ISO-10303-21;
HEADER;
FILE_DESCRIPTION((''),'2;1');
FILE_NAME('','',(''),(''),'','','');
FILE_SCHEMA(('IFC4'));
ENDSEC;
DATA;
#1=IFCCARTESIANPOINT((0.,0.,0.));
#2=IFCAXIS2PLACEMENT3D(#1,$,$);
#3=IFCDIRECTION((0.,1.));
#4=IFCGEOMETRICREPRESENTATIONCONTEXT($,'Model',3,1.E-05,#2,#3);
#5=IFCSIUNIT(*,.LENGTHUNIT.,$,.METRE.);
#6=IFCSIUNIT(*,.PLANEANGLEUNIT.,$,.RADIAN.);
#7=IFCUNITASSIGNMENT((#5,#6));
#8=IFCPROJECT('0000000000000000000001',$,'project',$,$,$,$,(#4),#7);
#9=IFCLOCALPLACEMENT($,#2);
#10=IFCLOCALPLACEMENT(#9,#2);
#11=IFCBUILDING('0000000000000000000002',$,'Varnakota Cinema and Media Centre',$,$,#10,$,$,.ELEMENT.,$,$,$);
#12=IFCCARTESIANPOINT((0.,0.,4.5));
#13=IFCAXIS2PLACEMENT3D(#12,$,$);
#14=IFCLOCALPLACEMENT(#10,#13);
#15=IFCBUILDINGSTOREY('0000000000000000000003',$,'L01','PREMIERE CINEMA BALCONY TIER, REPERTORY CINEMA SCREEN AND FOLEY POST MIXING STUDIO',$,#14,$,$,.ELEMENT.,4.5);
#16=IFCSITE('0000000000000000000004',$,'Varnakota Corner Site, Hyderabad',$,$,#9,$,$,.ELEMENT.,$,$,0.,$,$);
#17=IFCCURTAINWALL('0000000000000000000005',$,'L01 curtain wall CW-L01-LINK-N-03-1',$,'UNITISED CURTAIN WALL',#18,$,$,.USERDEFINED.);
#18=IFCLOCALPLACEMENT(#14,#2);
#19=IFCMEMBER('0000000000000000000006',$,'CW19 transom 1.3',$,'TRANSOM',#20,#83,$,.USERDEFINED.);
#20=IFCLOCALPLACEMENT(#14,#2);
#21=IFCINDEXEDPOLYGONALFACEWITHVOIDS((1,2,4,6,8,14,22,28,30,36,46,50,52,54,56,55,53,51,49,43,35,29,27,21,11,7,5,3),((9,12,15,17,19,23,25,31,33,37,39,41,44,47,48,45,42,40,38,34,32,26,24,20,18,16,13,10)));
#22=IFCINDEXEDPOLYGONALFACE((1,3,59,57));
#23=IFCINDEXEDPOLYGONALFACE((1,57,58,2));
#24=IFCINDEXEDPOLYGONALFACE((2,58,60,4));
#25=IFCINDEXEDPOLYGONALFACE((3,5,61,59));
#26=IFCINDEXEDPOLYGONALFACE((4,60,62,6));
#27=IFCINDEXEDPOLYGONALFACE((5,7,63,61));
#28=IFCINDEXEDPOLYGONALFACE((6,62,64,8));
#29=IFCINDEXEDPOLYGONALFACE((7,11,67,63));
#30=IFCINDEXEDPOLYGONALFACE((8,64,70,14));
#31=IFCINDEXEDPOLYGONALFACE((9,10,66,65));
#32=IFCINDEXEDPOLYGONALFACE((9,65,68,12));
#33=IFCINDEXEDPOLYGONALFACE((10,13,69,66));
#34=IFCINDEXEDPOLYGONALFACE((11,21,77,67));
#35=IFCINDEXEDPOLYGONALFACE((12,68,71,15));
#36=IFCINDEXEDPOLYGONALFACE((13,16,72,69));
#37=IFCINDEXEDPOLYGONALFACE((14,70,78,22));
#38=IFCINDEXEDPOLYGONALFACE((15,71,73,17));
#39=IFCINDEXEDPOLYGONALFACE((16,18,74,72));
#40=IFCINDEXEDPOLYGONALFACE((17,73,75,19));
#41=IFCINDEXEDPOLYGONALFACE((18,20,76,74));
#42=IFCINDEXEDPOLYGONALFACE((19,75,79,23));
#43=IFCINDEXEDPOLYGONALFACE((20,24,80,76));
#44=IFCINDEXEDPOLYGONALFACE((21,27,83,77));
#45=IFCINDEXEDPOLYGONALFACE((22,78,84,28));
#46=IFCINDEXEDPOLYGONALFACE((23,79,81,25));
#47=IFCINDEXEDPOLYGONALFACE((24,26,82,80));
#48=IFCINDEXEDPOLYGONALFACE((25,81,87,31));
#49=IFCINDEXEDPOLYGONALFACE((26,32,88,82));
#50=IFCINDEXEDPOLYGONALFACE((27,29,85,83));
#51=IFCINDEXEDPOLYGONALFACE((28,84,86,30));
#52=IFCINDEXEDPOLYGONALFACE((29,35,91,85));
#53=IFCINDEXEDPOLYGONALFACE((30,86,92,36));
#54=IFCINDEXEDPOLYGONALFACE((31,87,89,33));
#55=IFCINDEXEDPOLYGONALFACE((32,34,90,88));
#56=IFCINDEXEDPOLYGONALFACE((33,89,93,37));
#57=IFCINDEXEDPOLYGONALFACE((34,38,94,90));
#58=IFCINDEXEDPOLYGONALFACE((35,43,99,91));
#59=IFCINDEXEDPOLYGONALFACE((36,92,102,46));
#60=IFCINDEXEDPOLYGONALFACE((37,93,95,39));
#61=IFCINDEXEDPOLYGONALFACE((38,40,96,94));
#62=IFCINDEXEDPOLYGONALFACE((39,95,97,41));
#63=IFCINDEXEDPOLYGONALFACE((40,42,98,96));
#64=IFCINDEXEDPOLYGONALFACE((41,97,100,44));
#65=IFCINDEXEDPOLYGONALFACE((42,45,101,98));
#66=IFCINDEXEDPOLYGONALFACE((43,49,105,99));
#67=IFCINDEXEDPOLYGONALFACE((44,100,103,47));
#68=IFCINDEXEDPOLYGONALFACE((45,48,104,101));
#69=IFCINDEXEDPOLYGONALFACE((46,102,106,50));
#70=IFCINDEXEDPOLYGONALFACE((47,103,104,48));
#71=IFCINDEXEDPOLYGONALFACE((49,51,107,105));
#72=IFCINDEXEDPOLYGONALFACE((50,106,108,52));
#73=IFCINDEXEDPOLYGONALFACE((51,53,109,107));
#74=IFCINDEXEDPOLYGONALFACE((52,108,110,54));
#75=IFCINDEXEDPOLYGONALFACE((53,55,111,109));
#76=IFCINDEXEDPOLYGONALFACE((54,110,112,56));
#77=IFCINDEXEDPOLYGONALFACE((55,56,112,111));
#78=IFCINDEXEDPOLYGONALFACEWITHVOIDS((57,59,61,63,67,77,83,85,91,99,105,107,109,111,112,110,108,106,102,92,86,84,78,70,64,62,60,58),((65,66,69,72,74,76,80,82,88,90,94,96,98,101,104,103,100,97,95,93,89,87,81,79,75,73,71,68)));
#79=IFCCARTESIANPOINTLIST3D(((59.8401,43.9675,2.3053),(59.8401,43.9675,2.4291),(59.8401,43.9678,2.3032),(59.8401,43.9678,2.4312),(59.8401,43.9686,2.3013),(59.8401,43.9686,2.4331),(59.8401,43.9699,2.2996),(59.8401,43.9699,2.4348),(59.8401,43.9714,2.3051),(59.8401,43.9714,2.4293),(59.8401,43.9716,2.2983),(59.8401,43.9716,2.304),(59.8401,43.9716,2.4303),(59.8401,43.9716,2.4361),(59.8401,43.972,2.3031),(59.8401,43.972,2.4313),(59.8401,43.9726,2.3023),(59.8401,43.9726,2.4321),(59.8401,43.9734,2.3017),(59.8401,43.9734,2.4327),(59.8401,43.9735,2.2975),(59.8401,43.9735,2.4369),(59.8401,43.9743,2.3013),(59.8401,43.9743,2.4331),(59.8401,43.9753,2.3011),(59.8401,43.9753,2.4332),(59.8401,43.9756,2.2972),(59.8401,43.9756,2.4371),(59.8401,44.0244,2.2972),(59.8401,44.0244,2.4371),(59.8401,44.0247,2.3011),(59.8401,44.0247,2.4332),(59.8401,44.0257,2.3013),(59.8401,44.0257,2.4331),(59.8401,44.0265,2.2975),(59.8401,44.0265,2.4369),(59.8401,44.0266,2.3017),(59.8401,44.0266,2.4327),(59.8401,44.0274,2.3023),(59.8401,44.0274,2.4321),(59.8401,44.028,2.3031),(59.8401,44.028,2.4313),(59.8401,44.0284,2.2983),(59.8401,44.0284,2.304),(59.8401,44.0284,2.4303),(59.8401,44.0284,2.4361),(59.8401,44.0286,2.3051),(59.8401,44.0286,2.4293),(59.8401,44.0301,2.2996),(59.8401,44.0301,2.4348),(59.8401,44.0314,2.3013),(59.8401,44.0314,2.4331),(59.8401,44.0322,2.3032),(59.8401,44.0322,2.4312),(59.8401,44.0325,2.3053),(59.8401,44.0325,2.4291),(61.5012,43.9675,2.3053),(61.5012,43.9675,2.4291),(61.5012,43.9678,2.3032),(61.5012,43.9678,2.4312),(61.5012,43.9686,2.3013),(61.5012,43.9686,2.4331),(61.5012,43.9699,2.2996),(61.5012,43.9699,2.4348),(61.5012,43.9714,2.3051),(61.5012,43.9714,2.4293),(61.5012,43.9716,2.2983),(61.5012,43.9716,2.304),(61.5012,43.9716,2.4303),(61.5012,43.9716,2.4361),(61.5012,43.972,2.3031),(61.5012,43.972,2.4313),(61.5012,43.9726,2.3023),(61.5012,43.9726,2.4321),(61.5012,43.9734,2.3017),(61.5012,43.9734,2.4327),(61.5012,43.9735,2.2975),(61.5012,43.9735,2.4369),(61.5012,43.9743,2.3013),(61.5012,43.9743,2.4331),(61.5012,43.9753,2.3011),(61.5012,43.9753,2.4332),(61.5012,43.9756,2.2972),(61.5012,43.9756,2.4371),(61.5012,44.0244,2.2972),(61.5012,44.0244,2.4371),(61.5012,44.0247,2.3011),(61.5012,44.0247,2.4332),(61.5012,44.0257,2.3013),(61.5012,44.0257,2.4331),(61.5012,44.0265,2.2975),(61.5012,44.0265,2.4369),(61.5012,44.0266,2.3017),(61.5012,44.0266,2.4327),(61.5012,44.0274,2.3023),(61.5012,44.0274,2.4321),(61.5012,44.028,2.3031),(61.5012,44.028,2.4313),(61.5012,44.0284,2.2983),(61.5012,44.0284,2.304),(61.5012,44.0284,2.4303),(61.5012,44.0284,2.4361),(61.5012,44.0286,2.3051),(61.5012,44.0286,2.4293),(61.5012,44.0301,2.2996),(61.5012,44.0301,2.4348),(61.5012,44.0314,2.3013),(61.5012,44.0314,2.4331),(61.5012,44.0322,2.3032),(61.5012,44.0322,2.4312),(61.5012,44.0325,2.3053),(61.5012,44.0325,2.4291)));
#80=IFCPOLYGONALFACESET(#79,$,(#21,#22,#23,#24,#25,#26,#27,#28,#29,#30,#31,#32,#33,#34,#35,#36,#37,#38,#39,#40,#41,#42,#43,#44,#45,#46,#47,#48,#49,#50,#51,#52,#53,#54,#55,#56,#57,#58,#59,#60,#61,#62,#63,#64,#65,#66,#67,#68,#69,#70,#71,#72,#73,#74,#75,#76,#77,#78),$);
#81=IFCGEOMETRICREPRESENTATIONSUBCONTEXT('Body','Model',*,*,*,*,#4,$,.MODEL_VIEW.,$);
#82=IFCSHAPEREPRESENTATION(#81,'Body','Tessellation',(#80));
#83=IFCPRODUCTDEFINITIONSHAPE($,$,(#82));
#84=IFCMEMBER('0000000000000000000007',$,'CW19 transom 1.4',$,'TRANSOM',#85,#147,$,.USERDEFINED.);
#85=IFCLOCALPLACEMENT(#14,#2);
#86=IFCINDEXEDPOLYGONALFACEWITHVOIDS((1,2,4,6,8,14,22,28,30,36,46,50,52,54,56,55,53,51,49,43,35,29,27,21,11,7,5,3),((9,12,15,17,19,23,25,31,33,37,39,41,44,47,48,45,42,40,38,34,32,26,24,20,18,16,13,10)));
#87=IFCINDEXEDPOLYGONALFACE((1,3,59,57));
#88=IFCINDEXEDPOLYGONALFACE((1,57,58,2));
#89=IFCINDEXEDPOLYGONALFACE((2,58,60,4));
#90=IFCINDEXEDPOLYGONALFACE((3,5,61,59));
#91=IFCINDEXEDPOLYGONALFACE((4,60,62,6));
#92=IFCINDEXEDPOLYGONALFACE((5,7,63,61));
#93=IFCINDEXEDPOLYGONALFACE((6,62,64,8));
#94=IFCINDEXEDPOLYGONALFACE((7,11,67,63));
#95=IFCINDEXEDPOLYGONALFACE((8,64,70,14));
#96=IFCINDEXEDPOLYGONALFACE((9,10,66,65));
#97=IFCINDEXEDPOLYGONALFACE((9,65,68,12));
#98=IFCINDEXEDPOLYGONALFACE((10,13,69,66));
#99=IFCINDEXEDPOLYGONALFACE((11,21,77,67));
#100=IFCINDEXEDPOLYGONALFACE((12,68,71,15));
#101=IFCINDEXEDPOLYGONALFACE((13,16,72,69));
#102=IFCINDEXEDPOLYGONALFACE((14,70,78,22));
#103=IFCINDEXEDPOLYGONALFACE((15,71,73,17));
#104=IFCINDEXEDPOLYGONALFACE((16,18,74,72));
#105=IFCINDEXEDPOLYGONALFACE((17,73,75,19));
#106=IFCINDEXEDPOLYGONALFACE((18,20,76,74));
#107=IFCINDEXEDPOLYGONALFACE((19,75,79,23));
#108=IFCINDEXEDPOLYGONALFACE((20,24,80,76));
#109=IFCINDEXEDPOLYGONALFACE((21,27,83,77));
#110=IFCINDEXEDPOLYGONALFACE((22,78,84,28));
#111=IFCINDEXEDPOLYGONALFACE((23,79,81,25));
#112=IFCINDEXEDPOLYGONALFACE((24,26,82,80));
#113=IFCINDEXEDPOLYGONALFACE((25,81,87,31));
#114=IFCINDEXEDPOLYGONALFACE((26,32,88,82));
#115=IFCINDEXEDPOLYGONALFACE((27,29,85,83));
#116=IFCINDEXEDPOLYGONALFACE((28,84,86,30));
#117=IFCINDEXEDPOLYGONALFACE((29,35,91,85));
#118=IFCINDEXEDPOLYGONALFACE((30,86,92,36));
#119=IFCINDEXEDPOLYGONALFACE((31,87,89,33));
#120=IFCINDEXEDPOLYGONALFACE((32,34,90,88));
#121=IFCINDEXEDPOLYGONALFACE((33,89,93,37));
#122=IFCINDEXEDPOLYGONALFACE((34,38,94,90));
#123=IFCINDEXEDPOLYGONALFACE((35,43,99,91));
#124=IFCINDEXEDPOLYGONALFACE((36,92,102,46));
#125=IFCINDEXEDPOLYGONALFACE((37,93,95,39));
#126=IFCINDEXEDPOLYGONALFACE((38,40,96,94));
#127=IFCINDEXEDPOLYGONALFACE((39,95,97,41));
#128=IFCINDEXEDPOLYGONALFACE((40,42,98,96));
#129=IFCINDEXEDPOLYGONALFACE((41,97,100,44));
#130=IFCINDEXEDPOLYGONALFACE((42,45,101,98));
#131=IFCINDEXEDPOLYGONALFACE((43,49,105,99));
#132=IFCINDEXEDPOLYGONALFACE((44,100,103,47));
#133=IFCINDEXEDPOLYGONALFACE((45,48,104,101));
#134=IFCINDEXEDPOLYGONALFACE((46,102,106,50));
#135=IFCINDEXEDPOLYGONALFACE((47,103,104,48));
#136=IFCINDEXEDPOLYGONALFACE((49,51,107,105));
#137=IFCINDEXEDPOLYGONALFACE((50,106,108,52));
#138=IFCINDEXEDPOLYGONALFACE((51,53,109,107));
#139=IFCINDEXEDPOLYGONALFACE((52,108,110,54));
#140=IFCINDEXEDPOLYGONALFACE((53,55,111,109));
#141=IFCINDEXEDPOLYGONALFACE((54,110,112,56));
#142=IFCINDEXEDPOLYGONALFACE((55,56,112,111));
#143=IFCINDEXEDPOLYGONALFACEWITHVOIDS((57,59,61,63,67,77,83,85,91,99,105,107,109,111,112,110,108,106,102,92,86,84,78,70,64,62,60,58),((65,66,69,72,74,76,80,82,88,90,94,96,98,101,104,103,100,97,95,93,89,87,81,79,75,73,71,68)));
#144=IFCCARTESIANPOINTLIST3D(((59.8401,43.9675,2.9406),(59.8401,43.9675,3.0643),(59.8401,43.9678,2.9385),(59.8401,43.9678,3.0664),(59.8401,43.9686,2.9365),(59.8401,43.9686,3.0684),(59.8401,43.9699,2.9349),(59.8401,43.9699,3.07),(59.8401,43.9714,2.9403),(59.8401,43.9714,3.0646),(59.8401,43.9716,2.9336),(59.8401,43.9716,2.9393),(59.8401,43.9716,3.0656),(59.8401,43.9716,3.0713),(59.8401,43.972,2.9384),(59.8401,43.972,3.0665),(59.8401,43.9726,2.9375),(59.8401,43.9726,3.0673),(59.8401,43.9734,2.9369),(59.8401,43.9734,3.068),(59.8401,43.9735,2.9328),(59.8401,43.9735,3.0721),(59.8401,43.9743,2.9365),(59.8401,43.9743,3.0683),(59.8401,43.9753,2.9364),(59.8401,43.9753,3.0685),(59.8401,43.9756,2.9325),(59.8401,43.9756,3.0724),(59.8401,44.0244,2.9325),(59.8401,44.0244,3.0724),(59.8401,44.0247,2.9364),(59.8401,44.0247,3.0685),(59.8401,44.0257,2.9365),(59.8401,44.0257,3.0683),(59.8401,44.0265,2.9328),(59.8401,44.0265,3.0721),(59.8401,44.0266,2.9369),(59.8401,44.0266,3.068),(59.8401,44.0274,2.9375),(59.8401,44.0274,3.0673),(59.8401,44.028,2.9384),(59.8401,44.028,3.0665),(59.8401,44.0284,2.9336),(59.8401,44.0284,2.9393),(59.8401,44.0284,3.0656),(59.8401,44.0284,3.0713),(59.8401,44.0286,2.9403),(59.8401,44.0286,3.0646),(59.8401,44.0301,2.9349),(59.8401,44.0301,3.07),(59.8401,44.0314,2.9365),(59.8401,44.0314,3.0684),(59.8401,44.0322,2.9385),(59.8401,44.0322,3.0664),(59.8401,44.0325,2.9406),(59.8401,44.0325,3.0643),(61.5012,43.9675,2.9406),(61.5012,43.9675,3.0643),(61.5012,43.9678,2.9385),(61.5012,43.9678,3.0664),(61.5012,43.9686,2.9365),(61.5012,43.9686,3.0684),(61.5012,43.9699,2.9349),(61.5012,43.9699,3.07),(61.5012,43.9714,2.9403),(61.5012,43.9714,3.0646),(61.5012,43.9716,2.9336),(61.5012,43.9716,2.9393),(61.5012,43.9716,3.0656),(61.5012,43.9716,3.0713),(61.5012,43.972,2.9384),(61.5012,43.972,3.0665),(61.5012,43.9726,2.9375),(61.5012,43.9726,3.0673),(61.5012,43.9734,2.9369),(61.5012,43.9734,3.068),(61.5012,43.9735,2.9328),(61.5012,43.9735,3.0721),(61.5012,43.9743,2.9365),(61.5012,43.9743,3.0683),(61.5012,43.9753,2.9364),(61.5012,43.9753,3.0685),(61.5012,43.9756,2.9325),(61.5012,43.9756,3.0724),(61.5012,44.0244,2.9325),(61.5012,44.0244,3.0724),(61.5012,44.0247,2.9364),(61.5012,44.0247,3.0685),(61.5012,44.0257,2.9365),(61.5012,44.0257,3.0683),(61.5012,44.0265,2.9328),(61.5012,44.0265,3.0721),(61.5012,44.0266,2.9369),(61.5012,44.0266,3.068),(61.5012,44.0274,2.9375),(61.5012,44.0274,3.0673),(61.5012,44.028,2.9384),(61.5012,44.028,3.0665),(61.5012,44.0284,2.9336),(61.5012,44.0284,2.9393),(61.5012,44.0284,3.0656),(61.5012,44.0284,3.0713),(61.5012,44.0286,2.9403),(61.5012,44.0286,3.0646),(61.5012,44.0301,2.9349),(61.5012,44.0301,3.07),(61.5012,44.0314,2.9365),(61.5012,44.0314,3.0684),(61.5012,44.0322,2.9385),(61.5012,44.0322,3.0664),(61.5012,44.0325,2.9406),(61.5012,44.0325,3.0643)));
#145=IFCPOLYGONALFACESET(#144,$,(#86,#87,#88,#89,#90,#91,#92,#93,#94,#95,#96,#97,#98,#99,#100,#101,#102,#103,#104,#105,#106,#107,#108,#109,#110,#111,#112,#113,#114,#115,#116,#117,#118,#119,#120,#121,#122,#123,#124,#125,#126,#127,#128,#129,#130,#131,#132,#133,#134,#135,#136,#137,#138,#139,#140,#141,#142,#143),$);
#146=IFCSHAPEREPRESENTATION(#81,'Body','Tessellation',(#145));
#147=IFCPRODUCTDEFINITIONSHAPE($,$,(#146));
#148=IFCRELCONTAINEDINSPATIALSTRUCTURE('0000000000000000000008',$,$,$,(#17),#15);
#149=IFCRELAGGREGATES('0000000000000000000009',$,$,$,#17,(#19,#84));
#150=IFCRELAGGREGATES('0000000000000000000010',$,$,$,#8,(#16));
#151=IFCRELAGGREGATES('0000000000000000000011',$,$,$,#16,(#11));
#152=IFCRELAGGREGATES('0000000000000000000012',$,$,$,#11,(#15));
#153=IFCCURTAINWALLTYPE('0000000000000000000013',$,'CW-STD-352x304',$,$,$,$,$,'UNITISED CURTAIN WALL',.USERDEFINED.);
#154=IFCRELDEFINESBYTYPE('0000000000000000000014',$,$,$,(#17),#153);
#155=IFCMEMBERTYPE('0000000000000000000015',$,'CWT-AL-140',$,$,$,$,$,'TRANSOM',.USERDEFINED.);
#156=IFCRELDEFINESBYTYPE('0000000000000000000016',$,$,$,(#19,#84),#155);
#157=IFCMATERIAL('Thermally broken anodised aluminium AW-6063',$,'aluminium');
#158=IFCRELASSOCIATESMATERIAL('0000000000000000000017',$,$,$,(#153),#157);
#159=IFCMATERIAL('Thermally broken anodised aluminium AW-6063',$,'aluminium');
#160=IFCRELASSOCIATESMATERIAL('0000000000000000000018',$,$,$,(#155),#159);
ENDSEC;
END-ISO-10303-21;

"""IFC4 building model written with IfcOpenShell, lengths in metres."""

from ifc_helpers import new_model, si_unit, direction, frame, origin, origin_2d, place, context, subcontext, project, spatial, hollow_rectangle, extrude, material, material_profile, profile_set, type_object, element, aggregate, save


model = new_model("IFC4")

# Units and contexts
model_context = context("Model", 3, precision=1e-05, world=origin(), true_north=direction((0.0, 1.0)))
body_context = subcontext(model_context, "Body", "Model", "MODEL_VIEW")
ifc_project = project(units=[si_unit("LENGTHUNIT", "METRE"), si_unit("PLANEANGLEUNIT", "RADIAN")], contexts=[model_context])

# Site, building, storey
site_placement = place(None, origin())
site = spatial("IfcSite", under=ifc_project, at=site_placement, Name="Varnakota Corner Site, Hyderabad", CompositionType="ELEMENT", RefElevation=0.0)
building_placement = place(site_placement, origin())
building = spatial("IfcBuilding", under=site, at=building_placement, Name="Varnakota Cinema and Media Centre", CompositionType="ELEMENT")
storey_placement = place(building_placement, frame((0.0, 0.0, 4.5)))
storey = spatial("IfcBuildingStorey", under=building, at=storey_placement, Name="L01", Description="PREMIERE CINEMA BALCONY TIER, REPERTORY CINEMA SCREEN AND FOLEY POST MIXING STUDIO", CompositionType="ELEMENT", Elevation=4.5)

# Shared definitions
ifc_material_1 = material(Name="Thermally broken anodised aluminium AW-6063", Category="aluminium")
curtain_wall_type = type_object("IfcCurtainWallType", Name="CW-STD-352x304", ElementType="UNITISED CURTAIN WALL", PredefinedType="USERDEFINED", material=ifc_material_1)

# Curtain wall
curtain_wall_1_placement = place(storey_placement, origin())
curtain_wall_1 = element("IfcCurtainWall", 1, at=curtain_wall_1_placement, inside=storey, type_object=curtain_wall_type, Name="L01 curtain wall CW-L01-LINK-N-03-1", ObjectType="UNITISED CURTAIN WALL", PredefinedType="USERDEFINED")

# Members
ifc_material_2 = material(Name="Thermally broken anodised aluminium AW-6063", Category="aluminium")
ifc_material_profile_1 = material_profile(ifc_material_2, hollow_rectangle(XDim=0.0649, YDim=0.1399, WallThickness=0.0039, InnerFilletRadius=0.0039, OuterFilletRadius=0.0081, at=origin_2d()), Name="AL-TRANSOM 140x65x4")
ifc_profile_set_1 = profile_set([ifc_material_profile_1], Name="Thermally broken anodised aluminium AW-6063")
member_type_1 = type_object("IfcMemberType", Name="CWT-AL-140", ElementType="TRANSOM", PredefinedType="USERDEFINED", material=ifc_profile_set_1)
member_1_placement = place(storey_placement, frame((59.8401, 44.0, 2.3672), z_axis=(1.0, 0.0, 0.0), x_axis=(0.0, 1.0, 0.0)))
member_1 = element("IfcMember", 2, at=member_1_placement, type_object=member_type_1, Name="CW19 transom 1.3", ObjectType="TRANSOM", PredefinedType="USERDEFINED", context=body_context, shape_type="SweptSolid", body=[
    extrude(hollow_rectangle(XDim=0.0649, YDim=0.1399, WallThickness=0.0039, InnerFilletRadius=0.0039, OuterFilletRadius=0.0081, at=origin_2d()), origin(), (0.0, 0.0, 1.0), 1.6611),
])
member_2_placement = place(storey_placement, frame((59.8401, 44.0, 3.0024), z_axis=(1.0, 0.0, 0.0), x_axis=(0.0, 1.0, 0.0)))
member_2 = element("IfcMember", 3, at=member_2_placement, type_object=member_type_1, Name="CW19 transom 1.4", ObjectType="TRANSOM", PredefinedType="USERDEFINED", context=body_context, shape_type="SweptSolid", body=[
    extrude(hollow_rectangle(XDim=0.0649, YDim=0.1399, WallThickness=0.0039, InnerFilletRadius=0.0039, OuterFilletRadius=0.0081, at=origin_2d()), origin(), (0.0, 0.0, 1.0), 1.6611),
])

aggregate(curtain_wall_1, [member_1, member_2])

save(model, "model.ifc")
